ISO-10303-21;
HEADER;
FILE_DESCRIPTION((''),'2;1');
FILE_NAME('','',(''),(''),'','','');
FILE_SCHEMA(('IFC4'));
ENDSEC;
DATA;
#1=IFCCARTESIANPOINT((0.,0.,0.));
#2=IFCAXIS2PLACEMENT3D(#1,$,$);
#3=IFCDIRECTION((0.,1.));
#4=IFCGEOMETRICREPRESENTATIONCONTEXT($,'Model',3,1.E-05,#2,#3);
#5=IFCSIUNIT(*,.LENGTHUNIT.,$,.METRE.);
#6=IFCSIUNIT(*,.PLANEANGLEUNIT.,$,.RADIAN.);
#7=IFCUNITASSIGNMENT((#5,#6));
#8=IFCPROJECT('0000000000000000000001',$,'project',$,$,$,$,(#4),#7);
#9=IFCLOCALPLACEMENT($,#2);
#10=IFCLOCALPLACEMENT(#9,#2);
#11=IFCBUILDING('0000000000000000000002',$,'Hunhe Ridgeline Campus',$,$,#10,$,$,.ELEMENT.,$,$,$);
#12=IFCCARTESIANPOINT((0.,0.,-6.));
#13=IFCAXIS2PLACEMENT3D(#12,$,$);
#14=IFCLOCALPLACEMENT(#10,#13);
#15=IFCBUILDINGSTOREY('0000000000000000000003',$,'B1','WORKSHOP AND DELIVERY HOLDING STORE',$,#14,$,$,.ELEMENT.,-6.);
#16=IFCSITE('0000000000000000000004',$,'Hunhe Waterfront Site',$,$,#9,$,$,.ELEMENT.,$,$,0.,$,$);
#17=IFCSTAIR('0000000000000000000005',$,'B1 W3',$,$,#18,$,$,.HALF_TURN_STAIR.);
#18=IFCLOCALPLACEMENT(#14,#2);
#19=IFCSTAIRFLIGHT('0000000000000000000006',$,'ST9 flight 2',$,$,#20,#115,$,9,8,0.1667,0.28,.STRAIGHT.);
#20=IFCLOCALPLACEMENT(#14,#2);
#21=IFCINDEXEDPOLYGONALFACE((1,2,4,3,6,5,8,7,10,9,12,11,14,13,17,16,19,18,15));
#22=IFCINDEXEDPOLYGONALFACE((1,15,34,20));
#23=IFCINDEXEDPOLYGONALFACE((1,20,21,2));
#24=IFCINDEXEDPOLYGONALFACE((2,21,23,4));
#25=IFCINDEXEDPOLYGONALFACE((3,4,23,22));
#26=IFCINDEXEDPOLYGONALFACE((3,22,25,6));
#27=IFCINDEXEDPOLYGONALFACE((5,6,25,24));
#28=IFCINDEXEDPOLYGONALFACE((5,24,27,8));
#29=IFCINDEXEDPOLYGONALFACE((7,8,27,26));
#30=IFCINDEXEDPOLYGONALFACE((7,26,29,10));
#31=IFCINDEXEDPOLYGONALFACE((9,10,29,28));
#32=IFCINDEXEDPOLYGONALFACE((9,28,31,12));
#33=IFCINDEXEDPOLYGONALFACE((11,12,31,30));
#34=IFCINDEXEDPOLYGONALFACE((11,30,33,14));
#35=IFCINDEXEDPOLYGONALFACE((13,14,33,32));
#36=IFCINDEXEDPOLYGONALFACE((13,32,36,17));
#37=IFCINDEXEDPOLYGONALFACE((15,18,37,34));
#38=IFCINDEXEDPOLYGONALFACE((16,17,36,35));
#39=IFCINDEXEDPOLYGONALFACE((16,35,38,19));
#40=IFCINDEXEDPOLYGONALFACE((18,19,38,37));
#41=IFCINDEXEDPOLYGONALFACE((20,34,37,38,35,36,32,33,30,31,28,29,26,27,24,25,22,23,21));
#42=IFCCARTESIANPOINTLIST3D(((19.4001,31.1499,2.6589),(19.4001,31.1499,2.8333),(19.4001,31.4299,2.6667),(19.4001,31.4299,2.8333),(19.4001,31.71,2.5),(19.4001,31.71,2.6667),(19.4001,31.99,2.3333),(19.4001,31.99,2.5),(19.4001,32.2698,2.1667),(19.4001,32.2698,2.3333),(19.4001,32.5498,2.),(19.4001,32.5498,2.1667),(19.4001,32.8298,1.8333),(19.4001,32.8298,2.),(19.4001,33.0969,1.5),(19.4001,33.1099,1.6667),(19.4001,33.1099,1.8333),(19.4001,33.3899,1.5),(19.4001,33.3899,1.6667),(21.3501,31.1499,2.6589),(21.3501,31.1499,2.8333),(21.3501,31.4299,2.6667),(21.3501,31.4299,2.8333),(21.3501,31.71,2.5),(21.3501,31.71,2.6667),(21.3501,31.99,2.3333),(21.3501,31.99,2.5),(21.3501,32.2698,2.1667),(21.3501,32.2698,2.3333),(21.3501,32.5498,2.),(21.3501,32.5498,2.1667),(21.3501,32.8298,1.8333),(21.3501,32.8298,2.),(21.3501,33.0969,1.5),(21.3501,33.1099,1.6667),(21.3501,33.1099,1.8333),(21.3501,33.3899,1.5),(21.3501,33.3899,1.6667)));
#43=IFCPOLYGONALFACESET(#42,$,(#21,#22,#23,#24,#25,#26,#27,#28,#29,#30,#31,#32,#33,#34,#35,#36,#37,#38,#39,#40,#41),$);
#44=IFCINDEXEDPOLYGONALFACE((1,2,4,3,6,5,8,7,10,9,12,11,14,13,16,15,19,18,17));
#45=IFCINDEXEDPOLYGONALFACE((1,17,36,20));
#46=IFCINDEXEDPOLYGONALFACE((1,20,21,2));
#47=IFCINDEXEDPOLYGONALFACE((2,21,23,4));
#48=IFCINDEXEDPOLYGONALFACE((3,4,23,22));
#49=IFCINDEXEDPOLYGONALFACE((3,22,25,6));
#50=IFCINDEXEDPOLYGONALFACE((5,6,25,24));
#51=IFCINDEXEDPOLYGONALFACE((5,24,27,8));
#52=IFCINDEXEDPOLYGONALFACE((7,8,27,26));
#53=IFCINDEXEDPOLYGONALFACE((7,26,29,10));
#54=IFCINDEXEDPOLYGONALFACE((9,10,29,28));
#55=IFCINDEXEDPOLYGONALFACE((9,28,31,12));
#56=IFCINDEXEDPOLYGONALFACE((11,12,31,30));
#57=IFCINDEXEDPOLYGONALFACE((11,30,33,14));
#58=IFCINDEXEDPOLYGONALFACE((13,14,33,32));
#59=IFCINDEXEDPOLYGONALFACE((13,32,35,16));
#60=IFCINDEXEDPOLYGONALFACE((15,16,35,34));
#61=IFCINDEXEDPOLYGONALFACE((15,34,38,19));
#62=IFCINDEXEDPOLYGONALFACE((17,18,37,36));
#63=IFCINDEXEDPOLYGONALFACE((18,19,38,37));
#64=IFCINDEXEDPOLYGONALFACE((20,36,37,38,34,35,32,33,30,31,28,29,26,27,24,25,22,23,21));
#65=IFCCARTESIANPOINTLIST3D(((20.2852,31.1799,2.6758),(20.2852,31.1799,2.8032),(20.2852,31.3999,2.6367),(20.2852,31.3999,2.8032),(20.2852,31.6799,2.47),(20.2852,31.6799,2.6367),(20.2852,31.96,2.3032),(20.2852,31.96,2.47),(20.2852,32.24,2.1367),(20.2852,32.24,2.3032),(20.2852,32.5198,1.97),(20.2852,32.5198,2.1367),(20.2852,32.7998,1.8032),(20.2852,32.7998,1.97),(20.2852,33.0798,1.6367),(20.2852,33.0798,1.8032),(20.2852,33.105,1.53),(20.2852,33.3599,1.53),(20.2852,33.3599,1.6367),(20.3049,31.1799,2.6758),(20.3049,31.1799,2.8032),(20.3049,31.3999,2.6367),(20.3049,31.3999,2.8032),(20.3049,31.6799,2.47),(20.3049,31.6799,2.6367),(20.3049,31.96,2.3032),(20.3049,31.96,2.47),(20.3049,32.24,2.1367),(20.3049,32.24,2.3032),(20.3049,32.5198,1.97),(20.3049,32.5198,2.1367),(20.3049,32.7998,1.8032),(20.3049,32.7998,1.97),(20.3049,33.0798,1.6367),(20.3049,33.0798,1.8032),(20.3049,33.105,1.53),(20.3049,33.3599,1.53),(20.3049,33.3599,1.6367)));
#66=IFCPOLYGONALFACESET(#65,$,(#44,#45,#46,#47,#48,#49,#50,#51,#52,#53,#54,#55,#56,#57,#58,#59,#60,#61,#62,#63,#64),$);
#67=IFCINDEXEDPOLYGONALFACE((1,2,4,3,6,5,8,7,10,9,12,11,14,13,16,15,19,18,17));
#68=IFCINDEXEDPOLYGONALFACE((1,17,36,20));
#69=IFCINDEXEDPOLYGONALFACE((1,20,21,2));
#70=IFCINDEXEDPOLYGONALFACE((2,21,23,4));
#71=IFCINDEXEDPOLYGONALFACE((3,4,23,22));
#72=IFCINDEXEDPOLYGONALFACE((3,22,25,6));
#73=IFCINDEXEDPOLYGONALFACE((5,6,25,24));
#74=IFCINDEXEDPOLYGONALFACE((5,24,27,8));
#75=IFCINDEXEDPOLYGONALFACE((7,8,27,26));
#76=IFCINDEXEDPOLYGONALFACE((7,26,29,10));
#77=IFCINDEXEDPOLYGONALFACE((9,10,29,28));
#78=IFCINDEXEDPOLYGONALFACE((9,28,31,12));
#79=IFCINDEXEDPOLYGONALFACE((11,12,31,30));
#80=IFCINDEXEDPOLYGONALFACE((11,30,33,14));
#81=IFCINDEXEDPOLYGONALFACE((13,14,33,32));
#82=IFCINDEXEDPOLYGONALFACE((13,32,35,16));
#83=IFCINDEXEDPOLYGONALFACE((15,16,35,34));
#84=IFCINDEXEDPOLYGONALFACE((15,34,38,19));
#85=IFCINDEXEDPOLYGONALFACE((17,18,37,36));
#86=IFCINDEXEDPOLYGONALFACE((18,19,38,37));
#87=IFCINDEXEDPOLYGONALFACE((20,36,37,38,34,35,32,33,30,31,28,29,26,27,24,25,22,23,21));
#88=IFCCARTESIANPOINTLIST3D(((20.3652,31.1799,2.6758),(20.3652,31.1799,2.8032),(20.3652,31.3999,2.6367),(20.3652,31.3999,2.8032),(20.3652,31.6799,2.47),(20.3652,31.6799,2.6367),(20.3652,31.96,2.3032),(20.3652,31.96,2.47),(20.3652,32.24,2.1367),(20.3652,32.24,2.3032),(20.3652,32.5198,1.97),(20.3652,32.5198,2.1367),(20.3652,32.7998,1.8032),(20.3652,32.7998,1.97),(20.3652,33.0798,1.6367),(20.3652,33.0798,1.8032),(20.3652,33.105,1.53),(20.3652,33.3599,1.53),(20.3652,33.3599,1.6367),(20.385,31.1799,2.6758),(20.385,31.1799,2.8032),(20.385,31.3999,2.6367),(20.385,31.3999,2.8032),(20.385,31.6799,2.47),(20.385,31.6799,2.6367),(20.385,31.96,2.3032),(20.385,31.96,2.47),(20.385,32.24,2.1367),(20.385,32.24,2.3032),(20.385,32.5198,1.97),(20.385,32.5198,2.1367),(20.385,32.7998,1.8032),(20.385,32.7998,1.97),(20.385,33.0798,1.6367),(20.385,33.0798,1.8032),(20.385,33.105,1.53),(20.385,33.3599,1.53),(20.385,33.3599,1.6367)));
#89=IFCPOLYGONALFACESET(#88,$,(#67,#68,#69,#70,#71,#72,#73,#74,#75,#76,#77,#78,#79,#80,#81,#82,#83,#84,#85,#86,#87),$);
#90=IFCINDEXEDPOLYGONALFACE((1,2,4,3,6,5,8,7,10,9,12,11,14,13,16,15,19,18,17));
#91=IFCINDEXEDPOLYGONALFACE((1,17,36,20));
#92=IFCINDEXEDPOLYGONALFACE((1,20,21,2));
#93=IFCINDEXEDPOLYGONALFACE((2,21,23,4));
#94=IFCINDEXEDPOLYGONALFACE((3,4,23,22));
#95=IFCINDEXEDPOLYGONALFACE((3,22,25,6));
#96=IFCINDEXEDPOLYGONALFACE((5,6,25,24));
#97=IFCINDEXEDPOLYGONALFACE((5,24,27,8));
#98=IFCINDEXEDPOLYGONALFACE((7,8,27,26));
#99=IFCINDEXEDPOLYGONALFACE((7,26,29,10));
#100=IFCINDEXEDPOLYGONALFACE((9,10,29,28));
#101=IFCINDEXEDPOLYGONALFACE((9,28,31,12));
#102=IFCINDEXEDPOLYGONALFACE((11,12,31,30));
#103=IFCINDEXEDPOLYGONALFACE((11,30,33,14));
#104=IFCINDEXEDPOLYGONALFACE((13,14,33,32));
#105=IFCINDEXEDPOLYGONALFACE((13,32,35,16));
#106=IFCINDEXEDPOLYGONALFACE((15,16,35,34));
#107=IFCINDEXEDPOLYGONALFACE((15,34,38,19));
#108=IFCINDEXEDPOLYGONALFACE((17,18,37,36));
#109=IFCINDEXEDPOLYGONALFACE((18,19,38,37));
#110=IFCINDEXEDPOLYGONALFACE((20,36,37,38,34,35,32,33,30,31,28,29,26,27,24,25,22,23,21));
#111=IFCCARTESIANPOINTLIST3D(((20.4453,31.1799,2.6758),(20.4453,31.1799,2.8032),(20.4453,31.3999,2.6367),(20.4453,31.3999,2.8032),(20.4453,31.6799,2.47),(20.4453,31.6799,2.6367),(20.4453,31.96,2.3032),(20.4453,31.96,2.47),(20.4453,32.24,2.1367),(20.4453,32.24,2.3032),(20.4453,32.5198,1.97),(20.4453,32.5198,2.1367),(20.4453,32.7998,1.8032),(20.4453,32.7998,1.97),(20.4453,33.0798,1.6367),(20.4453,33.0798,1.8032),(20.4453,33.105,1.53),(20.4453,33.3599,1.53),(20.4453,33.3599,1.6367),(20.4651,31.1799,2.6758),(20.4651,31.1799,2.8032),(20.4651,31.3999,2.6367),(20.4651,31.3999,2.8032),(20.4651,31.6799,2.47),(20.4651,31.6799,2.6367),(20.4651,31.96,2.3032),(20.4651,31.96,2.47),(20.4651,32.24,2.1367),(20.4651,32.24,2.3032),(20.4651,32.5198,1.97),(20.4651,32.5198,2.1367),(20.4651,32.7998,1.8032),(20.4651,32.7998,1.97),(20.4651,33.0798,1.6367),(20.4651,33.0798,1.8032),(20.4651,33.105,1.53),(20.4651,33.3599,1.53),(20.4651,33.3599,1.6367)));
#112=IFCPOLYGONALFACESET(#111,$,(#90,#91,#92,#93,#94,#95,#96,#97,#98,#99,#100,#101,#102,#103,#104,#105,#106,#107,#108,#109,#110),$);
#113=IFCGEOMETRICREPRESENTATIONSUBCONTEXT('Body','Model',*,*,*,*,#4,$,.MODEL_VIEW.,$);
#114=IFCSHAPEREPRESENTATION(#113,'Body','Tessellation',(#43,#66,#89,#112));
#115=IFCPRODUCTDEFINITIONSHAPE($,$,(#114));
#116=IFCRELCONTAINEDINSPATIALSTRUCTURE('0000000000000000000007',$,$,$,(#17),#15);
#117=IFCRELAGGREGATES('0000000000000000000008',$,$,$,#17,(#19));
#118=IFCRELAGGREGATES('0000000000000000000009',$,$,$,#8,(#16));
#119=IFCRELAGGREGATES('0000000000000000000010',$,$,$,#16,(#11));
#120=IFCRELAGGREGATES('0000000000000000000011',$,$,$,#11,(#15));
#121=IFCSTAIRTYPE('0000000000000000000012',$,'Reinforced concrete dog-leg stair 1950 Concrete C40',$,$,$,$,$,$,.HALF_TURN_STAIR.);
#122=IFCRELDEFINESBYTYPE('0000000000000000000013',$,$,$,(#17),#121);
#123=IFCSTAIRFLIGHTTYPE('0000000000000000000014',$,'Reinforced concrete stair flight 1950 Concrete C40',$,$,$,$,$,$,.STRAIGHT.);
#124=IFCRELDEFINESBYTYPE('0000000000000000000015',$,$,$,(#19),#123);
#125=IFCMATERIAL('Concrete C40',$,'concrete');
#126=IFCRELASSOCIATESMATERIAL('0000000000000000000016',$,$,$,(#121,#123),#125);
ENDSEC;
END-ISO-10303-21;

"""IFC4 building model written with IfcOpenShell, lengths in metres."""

from ifc_helpers import new_model, si_unit, direction, frame, origin, place, context, subcontext, project, spatial, polyline, outline, extrude, material, type_object, element, aggregate, save


model = new_model("IFC4")

# Units and contexts
model_context = context("Model", 3, precision=1e-05, world=origin(), true_north=direction((0.0, 1.0)))
body_context = subcontext(model_context, "Body", "Model", "MODEL_VIEW")
ifc_project = project(units=[si_unit("LENGTHUNIT", "METRE"), si_unit("PLANEANGLEUNIT", "RADIAN")], contexts=[model_context])

# Site, building, storey
site_placement = place(None, origin())
site = spatial("IfcSite", under=ifc_project, at=site_placement, Name="Hunhe Waterfront Site", CompositionType="ELEMENT", RefElevation=0.0)
building_placement = place(site_placement, origin())
building = spatial("IfcBuilding", under=site, at=building_placement, Name="Hunhe Ridgeline Campus", CompositionType="ELEMENT")
storey_placement = place(building_placement, frame((0.0, 0.0, -6.0)))
storey = spatial("IfcBuildingStorey", under=building, at=storey_placement, Name="B1", Description="WORKSHOP AND DELIVERY HOLDING STORE", CompositionType="ELEMENT", Elevation=-6.0)

# Stair, stair flight
ifc_material_1 = material(Name="Concrete C40", Category="concrete")
stair_type = type_object("IfcStairType", Name="Reinforced concrete dog-leg stair 1950 Concrete C40", PredefinedType="HALF_TURN_STAIR", material=ifc_material_1)
stair_placement = place(storey_placement, origin())
stair = element("IfcStair", 1, at=stair_placement, inside=storey, type_object=stair_type, Name="B1 W3", PredefinedType="HALF_TURN_STAIR")
stair_flight_type = type_object("IfcStairFlightType", Name="Reinforced concrete stair flight 1950 Concrete C40", PredefinedType="STRAIGHT", material=ifc_material_1)
stair_flight_1_placement = place(storey_placement, frame((20.375, 33.3899, 1.5), z_axis=(0.0, 0.0, 1.0), x_axis=(0.0, -1.0, 0.0)))
stair_flight_1 = element("IfcStairFlight", 2, at=stair_flight_1_placement, type_object=stair_flight_type, Name="ST9 flight 2", NumberOfRisers=9, NumberOfTreads=8, PredefinedType="STRAIGHT", RiserHeight=0.1667, TreadLength=0.28, context=body_context, shape_type="SweptSolid", body=[
    extrude(outline(polyline([(0.0, 0.0), (0.0, 0.1667), (0.28, 0.1667), (0.28, 0.3333), (0.5601, 0.3333), (0.5601, 0.5), (0.8401, 0.5), (0.8401, 0.6667), (1.1201, 0.6667), (1.1201, 0.8333), (1.3999, 0.8333), (1.3999, 1.0), (1.6799, 1.0), (1.6799, 1.1667), (1.96, 1.1667), (1.96, 1.3333), (2.24, 1.3333), (2.24, 1.5), (2.24, 1.1589), (0.293, 0.0), (0.0, 0.0)])), frame((0.0, 0.9751, 0.0), z_axis=(0.0, -1.0, 0.0), x_axis=(1.0, 0.0, 0.0)), (0.0, 0.0, 1.0), 1.95),
    extrude(outline(polyline([(0.03, 0.03), (0.03, 0.1367), (0.3101, 0.1367), (0.3101, 0.3032), (0.5901, 0.3032), (0.5901, 0.47), (0.8701, 0.47), (0.8701, 0.6367), (1.1499, 0.6367), (1.1499, 0.8032), (1.4299, 0.8032), (1.4299, 0.97), (1.71, 0.97), (1.71, 1.1367), (1.99, 1.1367), (1.99, 1.3032), (2.21, 1.3032), (2.21, 1.1758), (0.2849, 0.03), (0.03, 0.03)])), frame((0.0, -0.0701, 0.0), z_axis=(0.0, -1.0, 0.0), x_axis=(1.0, 0.0, 0.0)), (0.0, 0.0, 1.0), 0.0198),
    extrude(outline(polyline([(0.03, 0.03), (0.03, 0.1367), (0.3101, 0.1367), (0.3101, 0.3032), (0.5901, 0.3032), (0.5901, 0.47), (0.8701, 0.47), (0.8701, 0.6367), (1.1499, 0.6367), (1.1499, 0.8032), (1.4299, 0.8032), (1.4299, 0.97), (1.71, 0.97), (1.71, 1.1367), (1.99, 1.1367), (1.99, 1.3032), (2.21, 1.3032), (2.21, 1.1758), (0.2849, 0.03), (0.03, 0.03)])), frame((0.0, 0.01, 0.0), z_axis=(0.0, -1.0, 0.0), x_axis=(1.0, 0.0, 0.0)), (0.0, 0.0, 1.0), 0.0198),
    extrude(outline(polyline([(0.03, 0.03), (0.03, 0.1367), (0.3101, 0.1367), (0.3101, 0.3032), (0.5901, 0.3032), (0.5901, 0.47), (0.8701, 0.47), (0.8701, 0.6367), (1.1499, 0.6367), (1.1499, 0.8032), (1.4299, 0.8032), (1.4299, 0.97), (1.71, 0.97), (1.71, 1.1367), (1.99, 1.1367), (1.99, 1.3032), (2.21, 1.3032), (2.21, 1.1758), (0.2849, 0.03), (0.03, 0.03)])), frame((0.0, 0.0901, 0.0), z_axis=(0.0, -1.0, 0.0), x_axis=(1.0, 0.0, 0.0)), (0.0, 0.0, 1.0), 0.0198),
])
aggregate(stair, [stair_flight_1])

save(model, "model.ifc")
